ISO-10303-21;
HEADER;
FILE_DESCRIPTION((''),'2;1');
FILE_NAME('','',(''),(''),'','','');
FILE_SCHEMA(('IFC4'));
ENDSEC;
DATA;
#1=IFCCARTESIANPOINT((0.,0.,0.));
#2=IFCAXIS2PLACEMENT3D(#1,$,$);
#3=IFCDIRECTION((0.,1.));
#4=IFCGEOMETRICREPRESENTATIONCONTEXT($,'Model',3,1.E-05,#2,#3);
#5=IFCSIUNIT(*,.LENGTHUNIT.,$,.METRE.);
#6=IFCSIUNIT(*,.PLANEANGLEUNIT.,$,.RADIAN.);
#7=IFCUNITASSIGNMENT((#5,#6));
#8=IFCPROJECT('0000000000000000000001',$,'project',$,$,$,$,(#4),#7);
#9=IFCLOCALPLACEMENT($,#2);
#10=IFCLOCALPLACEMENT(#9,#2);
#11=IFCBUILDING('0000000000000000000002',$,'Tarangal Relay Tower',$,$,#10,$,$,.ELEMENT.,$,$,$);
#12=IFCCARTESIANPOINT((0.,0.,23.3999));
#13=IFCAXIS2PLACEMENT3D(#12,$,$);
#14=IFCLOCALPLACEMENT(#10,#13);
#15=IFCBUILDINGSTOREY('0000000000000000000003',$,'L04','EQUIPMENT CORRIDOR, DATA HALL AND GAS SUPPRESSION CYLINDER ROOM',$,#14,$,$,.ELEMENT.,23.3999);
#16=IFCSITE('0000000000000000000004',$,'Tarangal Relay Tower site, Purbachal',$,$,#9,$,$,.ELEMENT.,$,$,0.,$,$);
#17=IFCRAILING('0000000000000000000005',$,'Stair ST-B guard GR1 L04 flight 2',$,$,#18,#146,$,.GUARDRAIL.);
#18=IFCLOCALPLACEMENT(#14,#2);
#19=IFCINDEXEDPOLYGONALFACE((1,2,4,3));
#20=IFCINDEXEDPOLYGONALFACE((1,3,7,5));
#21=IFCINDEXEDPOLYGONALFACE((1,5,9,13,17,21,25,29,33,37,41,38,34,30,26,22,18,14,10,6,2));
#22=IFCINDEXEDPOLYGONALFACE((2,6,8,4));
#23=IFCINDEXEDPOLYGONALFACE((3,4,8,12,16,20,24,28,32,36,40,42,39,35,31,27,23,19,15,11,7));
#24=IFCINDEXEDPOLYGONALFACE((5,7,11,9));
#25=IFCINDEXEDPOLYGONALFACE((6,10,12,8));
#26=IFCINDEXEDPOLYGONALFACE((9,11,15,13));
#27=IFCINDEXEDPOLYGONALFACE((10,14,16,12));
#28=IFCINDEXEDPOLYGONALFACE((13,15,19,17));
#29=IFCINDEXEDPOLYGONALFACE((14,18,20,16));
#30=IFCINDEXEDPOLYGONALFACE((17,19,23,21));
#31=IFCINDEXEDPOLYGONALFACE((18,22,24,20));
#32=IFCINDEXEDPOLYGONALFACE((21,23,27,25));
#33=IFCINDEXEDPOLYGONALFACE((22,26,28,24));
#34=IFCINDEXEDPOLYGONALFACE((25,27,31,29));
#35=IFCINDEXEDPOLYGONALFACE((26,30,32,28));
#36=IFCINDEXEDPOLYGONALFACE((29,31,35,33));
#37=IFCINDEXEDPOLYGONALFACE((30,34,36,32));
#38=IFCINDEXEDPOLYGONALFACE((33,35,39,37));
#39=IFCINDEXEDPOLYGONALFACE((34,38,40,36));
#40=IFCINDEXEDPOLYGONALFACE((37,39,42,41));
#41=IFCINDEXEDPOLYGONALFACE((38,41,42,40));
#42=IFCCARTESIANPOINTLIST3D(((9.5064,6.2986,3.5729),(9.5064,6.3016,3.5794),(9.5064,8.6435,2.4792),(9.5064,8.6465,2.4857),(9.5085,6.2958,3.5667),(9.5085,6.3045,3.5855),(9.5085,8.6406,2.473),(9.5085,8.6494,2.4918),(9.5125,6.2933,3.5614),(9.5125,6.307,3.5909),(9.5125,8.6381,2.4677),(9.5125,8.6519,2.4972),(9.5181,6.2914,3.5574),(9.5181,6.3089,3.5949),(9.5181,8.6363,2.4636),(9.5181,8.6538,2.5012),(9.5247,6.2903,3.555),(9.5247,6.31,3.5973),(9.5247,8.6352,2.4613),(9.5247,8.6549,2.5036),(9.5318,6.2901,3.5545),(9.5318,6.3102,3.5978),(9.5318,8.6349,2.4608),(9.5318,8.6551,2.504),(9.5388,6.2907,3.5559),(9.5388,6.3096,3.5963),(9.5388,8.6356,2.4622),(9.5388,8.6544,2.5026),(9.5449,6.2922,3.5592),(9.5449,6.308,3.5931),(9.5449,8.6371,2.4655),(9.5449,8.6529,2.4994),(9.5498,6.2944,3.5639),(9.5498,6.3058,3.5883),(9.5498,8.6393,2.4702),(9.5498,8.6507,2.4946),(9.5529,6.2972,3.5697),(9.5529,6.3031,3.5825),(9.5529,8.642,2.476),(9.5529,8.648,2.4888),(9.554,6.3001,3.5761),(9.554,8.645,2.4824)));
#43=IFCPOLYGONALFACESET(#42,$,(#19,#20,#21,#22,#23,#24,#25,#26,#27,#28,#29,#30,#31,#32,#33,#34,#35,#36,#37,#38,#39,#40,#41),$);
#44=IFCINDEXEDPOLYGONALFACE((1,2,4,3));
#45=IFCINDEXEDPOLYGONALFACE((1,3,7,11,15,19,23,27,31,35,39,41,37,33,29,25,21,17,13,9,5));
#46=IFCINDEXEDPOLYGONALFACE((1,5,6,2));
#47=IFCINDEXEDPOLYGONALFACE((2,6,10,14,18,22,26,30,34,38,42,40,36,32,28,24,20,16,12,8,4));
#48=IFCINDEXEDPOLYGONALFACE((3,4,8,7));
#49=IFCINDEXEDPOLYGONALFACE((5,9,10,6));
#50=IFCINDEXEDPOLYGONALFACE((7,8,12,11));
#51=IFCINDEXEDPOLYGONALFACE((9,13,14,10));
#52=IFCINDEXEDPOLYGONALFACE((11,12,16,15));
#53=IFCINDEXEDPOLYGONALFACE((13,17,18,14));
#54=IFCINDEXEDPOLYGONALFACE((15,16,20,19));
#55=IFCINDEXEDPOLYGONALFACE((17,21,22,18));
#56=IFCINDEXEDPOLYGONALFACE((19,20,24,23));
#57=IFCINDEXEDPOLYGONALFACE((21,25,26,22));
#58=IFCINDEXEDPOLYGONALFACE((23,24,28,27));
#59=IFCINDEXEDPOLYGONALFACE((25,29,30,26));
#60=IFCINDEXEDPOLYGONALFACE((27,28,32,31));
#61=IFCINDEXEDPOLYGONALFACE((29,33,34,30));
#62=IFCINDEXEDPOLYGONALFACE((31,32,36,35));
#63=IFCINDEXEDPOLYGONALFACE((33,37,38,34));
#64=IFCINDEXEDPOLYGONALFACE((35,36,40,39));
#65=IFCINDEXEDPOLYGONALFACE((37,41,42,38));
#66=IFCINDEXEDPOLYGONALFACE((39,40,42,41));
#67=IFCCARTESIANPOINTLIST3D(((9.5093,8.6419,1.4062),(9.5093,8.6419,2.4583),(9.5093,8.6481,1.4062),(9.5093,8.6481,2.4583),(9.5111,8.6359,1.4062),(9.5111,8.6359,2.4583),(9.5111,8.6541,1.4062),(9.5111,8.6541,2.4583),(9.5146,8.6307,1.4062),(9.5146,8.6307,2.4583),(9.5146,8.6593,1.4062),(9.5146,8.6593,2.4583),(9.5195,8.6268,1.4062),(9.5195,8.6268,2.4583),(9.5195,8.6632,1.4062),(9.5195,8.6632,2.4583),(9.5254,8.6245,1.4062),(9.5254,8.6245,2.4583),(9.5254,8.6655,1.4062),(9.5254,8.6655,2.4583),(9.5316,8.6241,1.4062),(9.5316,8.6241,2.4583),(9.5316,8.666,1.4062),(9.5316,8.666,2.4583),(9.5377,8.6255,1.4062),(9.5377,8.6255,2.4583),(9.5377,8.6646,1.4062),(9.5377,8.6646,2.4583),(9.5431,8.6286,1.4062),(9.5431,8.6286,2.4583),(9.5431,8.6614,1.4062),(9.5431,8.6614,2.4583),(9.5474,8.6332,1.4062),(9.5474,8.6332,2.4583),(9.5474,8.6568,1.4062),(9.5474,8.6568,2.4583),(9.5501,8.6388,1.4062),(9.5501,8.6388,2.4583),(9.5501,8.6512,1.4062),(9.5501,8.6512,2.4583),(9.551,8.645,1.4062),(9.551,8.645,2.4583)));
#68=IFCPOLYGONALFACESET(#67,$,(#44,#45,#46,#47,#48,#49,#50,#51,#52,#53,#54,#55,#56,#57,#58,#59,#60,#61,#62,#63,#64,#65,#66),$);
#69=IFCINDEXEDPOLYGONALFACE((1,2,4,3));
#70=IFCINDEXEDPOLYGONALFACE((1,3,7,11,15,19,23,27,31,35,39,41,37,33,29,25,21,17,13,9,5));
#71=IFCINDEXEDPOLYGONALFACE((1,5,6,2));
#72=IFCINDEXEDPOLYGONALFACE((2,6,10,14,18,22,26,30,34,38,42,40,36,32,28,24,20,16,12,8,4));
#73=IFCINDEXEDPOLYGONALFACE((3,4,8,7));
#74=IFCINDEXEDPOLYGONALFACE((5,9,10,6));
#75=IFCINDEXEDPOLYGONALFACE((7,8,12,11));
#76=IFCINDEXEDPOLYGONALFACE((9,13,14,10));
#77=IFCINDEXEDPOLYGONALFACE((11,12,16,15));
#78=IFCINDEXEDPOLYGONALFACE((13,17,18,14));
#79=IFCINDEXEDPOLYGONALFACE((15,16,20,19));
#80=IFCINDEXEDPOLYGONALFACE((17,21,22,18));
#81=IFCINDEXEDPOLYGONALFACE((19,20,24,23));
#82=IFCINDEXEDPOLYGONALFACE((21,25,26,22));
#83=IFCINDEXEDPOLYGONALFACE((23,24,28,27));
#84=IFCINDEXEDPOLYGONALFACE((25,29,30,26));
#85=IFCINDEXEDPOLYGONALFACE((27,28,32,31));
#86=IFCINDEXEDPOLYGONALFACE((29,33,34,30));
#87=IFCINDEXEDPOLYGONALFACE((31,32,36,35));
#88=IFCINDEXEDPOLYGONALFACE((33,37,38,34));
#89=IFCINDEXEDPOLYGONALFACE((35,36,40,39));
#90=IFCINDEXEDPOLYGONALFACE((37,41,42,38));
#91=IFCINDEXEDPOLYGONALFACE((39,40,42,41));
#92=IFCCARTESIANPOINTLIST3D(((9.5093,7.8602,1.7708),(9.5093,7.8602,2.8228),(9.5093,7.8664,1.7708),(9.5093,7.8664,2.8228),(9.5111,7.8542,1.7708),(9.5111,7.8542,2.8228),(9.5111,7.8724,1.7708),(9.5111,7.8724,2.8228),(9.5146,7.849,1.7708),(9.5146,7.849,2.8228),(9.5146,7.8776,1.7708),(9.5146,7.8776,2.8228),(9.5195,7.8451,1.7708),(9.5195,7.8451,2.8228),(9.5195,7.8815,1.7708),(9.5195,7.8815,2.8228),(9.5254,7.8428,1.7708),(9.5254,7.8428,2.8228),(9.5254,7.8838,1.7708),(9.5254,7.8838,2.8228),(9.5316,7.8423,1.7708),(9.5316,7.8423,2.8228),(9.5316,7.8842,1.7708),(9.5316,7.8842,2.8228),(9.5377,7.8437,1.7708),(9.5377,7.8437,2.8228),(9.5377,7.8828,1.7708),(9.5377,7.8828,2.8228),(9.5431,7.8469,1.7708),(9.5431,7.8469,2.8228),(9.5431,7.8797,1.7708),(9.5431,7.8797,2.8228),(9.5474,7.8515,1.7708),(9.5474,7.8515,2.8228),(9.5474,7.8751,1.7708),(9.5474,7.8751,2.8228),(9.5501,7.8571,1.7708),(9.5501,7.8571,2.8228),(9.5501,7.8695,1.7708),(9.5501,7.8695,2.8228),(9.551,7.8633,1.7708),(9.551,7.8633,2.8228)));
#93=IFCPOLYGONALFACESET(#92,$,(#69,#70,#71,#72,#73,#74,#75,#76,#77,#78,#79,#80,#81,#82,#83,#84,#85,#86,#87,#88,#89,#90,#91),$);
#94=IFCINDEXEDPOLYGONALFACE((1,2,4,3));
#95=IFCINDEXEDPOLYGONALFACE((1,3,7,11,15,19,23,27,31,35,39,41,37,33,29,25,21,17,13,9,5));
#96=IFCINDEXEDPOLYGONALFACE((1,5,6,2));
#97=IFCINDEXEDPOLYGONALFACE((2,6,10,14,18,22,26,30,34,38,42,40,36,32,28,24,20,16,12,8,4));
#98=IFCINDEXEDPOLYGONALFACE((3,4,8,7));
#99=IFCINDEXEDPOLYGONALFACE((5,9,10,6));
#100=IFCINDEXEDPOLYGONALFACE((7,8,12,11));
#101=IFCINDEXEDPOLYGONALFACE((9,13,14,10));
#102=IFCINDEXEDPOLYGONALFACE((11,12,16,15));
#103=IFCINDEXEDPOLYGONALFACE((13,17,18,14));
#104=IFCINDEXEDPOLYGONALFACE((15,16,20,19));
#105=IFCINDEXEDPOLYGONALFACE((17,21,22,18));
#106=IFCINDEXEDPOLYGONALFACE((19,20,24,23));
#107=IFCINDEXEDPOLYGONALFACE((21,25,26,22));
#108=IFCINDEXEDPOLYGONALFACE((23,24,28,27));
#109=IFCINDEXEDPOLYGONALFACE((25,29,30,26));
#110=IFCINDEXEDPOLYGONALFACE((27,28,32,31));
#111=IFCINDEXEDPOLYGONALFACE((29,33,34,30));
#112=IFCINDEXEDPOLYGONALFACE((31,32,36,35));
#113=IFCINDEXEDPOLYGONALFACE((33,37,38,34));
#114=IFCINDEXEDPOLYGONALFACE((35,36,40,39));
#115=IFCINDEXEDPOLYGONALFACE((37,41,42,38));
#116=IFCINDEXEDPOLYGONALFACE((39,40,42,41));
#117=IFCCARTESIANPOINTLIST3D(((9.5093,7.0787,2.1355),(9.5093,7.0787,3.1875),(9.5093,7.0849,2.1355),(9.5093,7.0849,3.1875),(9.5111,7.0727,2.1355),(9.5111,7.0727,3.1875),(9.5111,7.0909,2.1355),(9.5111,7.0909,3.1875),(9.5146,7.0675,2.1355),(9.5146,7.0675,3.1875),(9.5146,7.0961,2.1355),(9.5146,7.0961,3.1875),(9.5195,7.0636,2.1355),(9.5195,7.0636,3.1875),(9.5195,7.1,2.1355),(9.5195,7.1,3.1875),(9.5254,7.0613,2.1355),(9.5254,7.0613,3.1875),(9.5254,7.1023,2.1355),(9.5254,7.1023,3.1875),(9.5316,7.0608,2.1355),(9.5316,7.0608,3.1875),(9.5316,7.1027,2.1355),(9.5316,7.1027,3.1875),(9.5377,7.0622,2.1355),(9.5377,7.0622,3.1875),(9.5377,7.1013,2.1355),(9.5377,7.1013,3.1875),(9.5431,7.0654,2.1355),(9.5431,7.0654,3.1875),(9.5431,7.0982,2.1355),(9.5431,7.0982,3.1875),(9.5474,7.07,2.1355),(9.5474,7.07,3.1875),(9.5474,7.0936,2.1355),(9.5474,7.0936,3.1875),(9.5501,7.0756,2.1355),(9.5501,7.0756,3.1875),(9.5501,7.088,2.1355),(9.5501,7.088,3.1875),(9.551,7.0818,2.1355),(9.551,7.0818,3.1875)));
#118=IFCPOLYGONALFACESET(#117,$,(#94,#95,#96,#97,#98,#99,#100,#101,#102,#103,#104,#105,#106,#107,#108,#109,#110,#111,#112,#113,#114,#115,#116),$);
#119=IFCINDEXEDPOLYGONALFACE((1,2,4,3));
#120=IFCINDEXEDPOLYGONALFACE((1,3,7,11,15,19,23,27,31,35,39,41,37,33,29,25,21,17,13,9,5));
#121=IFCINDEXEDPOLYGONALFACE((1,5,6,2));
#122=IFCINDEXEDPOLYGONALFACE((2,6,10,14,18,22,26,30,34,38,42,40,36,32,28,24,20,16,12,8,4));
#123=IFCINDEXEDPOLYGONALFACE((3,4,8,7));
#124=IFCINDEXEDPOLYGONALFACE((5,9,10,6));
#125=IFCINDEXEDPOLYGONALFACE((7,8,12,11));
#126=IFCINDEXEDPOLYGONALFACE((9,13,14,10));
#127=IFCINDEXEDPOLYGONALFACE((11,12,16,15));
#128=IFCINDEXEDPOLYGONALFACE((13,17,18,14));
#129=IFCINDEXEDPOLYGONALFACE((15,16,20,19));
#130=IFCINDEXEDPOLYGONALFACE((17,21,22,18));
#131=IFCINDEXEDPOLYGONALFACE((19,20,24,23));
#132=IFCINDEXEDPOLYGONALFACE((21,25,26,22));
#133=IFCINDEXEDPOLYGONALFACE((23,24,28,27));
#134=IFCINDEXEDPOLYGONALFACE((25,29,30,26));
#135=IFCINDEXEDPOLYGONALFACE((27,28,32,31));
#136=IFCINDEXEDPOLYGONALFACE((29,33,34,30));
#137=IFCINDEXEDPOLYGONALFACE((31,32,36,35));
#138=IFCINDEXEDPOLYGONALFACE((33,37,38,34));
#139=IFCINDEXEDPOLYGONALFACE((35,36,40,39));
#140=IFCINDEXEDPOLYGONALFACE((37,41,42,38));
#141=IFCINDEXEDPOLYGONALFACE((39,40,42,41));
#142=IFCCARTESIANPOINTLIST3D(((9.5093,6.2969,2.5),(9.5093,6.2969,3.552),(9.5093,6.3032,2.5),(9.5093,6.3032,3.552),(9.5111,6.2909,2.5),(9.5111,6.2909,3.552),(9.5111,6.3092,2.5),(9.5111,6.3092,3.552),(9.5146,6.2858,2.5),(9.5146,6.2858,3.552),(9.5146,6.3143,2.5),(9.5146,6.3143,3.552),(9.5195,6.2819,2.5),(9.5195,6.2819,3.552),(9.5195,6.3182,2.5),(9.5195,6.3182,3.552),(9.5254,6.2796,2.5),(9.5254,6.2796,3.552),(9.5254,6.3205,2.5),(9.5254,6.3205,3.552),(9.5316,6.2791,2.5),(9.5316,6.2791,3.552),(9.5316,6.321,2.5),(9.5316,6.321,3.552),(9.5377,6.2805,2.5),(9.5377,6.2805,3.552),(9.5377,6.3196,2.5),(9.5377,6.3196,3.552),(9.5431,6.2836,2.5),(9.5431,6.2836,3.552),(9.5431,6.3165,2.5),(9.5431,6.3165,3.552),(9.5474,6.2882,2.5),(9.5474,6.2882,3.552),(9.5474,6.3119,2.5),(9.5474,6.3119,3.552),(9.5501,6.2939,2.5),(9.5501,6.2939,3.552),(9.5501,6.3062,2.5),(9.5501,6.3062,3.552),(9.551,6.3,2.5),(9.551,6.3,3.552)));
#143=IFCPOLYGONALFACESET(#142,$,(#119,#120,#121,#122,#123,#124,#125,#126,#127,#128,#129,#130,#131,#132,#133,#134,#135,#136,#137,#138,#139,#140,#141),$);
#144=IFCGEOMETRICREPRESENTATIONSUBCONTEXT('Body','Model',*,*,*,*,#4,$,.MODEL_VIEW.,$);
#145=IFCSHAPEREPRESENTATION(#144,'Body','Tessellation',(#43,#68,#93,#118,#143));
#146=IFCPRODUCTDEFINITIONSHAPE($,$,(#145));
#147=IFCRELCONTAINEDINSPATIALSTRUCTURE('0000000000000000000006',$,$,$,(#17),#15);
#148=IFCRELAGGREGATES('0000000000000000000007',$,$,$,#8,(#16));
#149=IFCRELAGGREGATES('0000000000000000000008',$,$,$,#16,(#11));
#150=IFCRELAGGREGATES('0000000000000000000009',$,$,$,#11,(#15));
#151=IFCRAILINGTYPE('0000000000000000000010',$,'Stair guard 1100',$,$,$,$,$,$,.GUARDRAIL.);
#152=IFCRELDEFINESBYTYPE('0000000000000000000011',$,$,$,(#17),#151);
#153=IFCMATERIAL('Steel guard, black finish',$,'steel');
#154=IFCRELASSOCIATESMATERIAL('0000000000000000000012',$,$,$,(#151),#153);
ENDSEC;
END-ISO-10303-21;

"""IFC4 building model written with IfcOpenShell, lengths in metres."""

from ifc_helpers import new_model, si_unit, direction, frame, origin, origin_2d, place, context, subcontext, project, spatial, circle, extrude, material, type_object, element, save


model = new_model("IFC4")

# Units and contexts
model_context = context("Model", 3, precision=1e-05, world=origin(), true_north=direction((0.0, 1.0)))
body_context = subcontext(model_context, "Body", "Model", "MODEL_VIEW")
ifc_project = project(units=[si_unit("LENGTHUNIT", "METRE"), si_unit("PLANEANGLEUNIT", "RADIAN")], contexts=[model_context])

# Site, building, storey
site_placement = place(None, origin())
site = spatial("IfcSite", under=ifc_project, at=site_placement, Name="Tarangal Relay Tower site, Purbachal", CompositionType="ELEMENT", RefElevation=0.0)
building_placement = place(site_placement, origin())
building = spatial("IfcBuilding", under=site, at=building_placement, Name="Tarangal Relay Tower", CompositionType="ELEMENT")
storey_placement = place(building_placement, frame((0.0, 0.0, 23.3999)))
storey = spatial("IfcBuildingStorey", under=building, at=storey_placement, Name="L04", Description="EQUIPMENT CORRIDOR, DATA HALL AND GAS SUPPRESSION CYLINDER ROOM", CompositionType="ELEMENT", Elevation=23.3999)

# Railing
ifc_material_1 = material(Name="Steel guard, black finish", Category="steel")
railing_type_1 = type_object("IfcRailingType", Name="Stair guard 1100", PredefinedType="GUARDRAIL", material=ifc_material_1)
for number, where, name in (
    (1, (9.53, 8.645, 1.4062), "Stair ST-B guard GR1 L04 flight 2"),
):
    element("IfcRailing", number, at=place(storey_placement, frame(where)), inside=storey, type_object=railing_type_1, Name=name, PredefinedType="GUARDRAIL", context=body_context, shape_type="SweptSolid", body=[
        extrude(circle(Radius=0.0239, at=origin_2d()), frame((0.0, 0.0, 1.0762), z_axis=(0.0, -0.906267, 0.422705), x_axis=(1.0, 0.0, 0.0)), (0.0, 0.0, 1.0), 2.5874),
        extrude(circle(Radius=0.021, at=origin_2d()), origin(), (0.0, 0.0, 1.0), 1.052),
        extrude(circle(Radius=0.021, at=origin_2d()), frame((0.0, -0.7817, 0.3645)), (0.0, 0.0, 1.0), 1.052),
        extrude(circle(Radius=0.021, at=origin_2d()), frame((0.0, -1.5632, 0.7292)), (0.0, 0.0, 1.0), 1.052),
        extrude(circle(Radius=0.021, at=origin_2d()), frame((0.0, -2.345, 1.0938)), (0.0, 0.0, 1.0), 1.052),
    ])

save(model, "model.ifc")
